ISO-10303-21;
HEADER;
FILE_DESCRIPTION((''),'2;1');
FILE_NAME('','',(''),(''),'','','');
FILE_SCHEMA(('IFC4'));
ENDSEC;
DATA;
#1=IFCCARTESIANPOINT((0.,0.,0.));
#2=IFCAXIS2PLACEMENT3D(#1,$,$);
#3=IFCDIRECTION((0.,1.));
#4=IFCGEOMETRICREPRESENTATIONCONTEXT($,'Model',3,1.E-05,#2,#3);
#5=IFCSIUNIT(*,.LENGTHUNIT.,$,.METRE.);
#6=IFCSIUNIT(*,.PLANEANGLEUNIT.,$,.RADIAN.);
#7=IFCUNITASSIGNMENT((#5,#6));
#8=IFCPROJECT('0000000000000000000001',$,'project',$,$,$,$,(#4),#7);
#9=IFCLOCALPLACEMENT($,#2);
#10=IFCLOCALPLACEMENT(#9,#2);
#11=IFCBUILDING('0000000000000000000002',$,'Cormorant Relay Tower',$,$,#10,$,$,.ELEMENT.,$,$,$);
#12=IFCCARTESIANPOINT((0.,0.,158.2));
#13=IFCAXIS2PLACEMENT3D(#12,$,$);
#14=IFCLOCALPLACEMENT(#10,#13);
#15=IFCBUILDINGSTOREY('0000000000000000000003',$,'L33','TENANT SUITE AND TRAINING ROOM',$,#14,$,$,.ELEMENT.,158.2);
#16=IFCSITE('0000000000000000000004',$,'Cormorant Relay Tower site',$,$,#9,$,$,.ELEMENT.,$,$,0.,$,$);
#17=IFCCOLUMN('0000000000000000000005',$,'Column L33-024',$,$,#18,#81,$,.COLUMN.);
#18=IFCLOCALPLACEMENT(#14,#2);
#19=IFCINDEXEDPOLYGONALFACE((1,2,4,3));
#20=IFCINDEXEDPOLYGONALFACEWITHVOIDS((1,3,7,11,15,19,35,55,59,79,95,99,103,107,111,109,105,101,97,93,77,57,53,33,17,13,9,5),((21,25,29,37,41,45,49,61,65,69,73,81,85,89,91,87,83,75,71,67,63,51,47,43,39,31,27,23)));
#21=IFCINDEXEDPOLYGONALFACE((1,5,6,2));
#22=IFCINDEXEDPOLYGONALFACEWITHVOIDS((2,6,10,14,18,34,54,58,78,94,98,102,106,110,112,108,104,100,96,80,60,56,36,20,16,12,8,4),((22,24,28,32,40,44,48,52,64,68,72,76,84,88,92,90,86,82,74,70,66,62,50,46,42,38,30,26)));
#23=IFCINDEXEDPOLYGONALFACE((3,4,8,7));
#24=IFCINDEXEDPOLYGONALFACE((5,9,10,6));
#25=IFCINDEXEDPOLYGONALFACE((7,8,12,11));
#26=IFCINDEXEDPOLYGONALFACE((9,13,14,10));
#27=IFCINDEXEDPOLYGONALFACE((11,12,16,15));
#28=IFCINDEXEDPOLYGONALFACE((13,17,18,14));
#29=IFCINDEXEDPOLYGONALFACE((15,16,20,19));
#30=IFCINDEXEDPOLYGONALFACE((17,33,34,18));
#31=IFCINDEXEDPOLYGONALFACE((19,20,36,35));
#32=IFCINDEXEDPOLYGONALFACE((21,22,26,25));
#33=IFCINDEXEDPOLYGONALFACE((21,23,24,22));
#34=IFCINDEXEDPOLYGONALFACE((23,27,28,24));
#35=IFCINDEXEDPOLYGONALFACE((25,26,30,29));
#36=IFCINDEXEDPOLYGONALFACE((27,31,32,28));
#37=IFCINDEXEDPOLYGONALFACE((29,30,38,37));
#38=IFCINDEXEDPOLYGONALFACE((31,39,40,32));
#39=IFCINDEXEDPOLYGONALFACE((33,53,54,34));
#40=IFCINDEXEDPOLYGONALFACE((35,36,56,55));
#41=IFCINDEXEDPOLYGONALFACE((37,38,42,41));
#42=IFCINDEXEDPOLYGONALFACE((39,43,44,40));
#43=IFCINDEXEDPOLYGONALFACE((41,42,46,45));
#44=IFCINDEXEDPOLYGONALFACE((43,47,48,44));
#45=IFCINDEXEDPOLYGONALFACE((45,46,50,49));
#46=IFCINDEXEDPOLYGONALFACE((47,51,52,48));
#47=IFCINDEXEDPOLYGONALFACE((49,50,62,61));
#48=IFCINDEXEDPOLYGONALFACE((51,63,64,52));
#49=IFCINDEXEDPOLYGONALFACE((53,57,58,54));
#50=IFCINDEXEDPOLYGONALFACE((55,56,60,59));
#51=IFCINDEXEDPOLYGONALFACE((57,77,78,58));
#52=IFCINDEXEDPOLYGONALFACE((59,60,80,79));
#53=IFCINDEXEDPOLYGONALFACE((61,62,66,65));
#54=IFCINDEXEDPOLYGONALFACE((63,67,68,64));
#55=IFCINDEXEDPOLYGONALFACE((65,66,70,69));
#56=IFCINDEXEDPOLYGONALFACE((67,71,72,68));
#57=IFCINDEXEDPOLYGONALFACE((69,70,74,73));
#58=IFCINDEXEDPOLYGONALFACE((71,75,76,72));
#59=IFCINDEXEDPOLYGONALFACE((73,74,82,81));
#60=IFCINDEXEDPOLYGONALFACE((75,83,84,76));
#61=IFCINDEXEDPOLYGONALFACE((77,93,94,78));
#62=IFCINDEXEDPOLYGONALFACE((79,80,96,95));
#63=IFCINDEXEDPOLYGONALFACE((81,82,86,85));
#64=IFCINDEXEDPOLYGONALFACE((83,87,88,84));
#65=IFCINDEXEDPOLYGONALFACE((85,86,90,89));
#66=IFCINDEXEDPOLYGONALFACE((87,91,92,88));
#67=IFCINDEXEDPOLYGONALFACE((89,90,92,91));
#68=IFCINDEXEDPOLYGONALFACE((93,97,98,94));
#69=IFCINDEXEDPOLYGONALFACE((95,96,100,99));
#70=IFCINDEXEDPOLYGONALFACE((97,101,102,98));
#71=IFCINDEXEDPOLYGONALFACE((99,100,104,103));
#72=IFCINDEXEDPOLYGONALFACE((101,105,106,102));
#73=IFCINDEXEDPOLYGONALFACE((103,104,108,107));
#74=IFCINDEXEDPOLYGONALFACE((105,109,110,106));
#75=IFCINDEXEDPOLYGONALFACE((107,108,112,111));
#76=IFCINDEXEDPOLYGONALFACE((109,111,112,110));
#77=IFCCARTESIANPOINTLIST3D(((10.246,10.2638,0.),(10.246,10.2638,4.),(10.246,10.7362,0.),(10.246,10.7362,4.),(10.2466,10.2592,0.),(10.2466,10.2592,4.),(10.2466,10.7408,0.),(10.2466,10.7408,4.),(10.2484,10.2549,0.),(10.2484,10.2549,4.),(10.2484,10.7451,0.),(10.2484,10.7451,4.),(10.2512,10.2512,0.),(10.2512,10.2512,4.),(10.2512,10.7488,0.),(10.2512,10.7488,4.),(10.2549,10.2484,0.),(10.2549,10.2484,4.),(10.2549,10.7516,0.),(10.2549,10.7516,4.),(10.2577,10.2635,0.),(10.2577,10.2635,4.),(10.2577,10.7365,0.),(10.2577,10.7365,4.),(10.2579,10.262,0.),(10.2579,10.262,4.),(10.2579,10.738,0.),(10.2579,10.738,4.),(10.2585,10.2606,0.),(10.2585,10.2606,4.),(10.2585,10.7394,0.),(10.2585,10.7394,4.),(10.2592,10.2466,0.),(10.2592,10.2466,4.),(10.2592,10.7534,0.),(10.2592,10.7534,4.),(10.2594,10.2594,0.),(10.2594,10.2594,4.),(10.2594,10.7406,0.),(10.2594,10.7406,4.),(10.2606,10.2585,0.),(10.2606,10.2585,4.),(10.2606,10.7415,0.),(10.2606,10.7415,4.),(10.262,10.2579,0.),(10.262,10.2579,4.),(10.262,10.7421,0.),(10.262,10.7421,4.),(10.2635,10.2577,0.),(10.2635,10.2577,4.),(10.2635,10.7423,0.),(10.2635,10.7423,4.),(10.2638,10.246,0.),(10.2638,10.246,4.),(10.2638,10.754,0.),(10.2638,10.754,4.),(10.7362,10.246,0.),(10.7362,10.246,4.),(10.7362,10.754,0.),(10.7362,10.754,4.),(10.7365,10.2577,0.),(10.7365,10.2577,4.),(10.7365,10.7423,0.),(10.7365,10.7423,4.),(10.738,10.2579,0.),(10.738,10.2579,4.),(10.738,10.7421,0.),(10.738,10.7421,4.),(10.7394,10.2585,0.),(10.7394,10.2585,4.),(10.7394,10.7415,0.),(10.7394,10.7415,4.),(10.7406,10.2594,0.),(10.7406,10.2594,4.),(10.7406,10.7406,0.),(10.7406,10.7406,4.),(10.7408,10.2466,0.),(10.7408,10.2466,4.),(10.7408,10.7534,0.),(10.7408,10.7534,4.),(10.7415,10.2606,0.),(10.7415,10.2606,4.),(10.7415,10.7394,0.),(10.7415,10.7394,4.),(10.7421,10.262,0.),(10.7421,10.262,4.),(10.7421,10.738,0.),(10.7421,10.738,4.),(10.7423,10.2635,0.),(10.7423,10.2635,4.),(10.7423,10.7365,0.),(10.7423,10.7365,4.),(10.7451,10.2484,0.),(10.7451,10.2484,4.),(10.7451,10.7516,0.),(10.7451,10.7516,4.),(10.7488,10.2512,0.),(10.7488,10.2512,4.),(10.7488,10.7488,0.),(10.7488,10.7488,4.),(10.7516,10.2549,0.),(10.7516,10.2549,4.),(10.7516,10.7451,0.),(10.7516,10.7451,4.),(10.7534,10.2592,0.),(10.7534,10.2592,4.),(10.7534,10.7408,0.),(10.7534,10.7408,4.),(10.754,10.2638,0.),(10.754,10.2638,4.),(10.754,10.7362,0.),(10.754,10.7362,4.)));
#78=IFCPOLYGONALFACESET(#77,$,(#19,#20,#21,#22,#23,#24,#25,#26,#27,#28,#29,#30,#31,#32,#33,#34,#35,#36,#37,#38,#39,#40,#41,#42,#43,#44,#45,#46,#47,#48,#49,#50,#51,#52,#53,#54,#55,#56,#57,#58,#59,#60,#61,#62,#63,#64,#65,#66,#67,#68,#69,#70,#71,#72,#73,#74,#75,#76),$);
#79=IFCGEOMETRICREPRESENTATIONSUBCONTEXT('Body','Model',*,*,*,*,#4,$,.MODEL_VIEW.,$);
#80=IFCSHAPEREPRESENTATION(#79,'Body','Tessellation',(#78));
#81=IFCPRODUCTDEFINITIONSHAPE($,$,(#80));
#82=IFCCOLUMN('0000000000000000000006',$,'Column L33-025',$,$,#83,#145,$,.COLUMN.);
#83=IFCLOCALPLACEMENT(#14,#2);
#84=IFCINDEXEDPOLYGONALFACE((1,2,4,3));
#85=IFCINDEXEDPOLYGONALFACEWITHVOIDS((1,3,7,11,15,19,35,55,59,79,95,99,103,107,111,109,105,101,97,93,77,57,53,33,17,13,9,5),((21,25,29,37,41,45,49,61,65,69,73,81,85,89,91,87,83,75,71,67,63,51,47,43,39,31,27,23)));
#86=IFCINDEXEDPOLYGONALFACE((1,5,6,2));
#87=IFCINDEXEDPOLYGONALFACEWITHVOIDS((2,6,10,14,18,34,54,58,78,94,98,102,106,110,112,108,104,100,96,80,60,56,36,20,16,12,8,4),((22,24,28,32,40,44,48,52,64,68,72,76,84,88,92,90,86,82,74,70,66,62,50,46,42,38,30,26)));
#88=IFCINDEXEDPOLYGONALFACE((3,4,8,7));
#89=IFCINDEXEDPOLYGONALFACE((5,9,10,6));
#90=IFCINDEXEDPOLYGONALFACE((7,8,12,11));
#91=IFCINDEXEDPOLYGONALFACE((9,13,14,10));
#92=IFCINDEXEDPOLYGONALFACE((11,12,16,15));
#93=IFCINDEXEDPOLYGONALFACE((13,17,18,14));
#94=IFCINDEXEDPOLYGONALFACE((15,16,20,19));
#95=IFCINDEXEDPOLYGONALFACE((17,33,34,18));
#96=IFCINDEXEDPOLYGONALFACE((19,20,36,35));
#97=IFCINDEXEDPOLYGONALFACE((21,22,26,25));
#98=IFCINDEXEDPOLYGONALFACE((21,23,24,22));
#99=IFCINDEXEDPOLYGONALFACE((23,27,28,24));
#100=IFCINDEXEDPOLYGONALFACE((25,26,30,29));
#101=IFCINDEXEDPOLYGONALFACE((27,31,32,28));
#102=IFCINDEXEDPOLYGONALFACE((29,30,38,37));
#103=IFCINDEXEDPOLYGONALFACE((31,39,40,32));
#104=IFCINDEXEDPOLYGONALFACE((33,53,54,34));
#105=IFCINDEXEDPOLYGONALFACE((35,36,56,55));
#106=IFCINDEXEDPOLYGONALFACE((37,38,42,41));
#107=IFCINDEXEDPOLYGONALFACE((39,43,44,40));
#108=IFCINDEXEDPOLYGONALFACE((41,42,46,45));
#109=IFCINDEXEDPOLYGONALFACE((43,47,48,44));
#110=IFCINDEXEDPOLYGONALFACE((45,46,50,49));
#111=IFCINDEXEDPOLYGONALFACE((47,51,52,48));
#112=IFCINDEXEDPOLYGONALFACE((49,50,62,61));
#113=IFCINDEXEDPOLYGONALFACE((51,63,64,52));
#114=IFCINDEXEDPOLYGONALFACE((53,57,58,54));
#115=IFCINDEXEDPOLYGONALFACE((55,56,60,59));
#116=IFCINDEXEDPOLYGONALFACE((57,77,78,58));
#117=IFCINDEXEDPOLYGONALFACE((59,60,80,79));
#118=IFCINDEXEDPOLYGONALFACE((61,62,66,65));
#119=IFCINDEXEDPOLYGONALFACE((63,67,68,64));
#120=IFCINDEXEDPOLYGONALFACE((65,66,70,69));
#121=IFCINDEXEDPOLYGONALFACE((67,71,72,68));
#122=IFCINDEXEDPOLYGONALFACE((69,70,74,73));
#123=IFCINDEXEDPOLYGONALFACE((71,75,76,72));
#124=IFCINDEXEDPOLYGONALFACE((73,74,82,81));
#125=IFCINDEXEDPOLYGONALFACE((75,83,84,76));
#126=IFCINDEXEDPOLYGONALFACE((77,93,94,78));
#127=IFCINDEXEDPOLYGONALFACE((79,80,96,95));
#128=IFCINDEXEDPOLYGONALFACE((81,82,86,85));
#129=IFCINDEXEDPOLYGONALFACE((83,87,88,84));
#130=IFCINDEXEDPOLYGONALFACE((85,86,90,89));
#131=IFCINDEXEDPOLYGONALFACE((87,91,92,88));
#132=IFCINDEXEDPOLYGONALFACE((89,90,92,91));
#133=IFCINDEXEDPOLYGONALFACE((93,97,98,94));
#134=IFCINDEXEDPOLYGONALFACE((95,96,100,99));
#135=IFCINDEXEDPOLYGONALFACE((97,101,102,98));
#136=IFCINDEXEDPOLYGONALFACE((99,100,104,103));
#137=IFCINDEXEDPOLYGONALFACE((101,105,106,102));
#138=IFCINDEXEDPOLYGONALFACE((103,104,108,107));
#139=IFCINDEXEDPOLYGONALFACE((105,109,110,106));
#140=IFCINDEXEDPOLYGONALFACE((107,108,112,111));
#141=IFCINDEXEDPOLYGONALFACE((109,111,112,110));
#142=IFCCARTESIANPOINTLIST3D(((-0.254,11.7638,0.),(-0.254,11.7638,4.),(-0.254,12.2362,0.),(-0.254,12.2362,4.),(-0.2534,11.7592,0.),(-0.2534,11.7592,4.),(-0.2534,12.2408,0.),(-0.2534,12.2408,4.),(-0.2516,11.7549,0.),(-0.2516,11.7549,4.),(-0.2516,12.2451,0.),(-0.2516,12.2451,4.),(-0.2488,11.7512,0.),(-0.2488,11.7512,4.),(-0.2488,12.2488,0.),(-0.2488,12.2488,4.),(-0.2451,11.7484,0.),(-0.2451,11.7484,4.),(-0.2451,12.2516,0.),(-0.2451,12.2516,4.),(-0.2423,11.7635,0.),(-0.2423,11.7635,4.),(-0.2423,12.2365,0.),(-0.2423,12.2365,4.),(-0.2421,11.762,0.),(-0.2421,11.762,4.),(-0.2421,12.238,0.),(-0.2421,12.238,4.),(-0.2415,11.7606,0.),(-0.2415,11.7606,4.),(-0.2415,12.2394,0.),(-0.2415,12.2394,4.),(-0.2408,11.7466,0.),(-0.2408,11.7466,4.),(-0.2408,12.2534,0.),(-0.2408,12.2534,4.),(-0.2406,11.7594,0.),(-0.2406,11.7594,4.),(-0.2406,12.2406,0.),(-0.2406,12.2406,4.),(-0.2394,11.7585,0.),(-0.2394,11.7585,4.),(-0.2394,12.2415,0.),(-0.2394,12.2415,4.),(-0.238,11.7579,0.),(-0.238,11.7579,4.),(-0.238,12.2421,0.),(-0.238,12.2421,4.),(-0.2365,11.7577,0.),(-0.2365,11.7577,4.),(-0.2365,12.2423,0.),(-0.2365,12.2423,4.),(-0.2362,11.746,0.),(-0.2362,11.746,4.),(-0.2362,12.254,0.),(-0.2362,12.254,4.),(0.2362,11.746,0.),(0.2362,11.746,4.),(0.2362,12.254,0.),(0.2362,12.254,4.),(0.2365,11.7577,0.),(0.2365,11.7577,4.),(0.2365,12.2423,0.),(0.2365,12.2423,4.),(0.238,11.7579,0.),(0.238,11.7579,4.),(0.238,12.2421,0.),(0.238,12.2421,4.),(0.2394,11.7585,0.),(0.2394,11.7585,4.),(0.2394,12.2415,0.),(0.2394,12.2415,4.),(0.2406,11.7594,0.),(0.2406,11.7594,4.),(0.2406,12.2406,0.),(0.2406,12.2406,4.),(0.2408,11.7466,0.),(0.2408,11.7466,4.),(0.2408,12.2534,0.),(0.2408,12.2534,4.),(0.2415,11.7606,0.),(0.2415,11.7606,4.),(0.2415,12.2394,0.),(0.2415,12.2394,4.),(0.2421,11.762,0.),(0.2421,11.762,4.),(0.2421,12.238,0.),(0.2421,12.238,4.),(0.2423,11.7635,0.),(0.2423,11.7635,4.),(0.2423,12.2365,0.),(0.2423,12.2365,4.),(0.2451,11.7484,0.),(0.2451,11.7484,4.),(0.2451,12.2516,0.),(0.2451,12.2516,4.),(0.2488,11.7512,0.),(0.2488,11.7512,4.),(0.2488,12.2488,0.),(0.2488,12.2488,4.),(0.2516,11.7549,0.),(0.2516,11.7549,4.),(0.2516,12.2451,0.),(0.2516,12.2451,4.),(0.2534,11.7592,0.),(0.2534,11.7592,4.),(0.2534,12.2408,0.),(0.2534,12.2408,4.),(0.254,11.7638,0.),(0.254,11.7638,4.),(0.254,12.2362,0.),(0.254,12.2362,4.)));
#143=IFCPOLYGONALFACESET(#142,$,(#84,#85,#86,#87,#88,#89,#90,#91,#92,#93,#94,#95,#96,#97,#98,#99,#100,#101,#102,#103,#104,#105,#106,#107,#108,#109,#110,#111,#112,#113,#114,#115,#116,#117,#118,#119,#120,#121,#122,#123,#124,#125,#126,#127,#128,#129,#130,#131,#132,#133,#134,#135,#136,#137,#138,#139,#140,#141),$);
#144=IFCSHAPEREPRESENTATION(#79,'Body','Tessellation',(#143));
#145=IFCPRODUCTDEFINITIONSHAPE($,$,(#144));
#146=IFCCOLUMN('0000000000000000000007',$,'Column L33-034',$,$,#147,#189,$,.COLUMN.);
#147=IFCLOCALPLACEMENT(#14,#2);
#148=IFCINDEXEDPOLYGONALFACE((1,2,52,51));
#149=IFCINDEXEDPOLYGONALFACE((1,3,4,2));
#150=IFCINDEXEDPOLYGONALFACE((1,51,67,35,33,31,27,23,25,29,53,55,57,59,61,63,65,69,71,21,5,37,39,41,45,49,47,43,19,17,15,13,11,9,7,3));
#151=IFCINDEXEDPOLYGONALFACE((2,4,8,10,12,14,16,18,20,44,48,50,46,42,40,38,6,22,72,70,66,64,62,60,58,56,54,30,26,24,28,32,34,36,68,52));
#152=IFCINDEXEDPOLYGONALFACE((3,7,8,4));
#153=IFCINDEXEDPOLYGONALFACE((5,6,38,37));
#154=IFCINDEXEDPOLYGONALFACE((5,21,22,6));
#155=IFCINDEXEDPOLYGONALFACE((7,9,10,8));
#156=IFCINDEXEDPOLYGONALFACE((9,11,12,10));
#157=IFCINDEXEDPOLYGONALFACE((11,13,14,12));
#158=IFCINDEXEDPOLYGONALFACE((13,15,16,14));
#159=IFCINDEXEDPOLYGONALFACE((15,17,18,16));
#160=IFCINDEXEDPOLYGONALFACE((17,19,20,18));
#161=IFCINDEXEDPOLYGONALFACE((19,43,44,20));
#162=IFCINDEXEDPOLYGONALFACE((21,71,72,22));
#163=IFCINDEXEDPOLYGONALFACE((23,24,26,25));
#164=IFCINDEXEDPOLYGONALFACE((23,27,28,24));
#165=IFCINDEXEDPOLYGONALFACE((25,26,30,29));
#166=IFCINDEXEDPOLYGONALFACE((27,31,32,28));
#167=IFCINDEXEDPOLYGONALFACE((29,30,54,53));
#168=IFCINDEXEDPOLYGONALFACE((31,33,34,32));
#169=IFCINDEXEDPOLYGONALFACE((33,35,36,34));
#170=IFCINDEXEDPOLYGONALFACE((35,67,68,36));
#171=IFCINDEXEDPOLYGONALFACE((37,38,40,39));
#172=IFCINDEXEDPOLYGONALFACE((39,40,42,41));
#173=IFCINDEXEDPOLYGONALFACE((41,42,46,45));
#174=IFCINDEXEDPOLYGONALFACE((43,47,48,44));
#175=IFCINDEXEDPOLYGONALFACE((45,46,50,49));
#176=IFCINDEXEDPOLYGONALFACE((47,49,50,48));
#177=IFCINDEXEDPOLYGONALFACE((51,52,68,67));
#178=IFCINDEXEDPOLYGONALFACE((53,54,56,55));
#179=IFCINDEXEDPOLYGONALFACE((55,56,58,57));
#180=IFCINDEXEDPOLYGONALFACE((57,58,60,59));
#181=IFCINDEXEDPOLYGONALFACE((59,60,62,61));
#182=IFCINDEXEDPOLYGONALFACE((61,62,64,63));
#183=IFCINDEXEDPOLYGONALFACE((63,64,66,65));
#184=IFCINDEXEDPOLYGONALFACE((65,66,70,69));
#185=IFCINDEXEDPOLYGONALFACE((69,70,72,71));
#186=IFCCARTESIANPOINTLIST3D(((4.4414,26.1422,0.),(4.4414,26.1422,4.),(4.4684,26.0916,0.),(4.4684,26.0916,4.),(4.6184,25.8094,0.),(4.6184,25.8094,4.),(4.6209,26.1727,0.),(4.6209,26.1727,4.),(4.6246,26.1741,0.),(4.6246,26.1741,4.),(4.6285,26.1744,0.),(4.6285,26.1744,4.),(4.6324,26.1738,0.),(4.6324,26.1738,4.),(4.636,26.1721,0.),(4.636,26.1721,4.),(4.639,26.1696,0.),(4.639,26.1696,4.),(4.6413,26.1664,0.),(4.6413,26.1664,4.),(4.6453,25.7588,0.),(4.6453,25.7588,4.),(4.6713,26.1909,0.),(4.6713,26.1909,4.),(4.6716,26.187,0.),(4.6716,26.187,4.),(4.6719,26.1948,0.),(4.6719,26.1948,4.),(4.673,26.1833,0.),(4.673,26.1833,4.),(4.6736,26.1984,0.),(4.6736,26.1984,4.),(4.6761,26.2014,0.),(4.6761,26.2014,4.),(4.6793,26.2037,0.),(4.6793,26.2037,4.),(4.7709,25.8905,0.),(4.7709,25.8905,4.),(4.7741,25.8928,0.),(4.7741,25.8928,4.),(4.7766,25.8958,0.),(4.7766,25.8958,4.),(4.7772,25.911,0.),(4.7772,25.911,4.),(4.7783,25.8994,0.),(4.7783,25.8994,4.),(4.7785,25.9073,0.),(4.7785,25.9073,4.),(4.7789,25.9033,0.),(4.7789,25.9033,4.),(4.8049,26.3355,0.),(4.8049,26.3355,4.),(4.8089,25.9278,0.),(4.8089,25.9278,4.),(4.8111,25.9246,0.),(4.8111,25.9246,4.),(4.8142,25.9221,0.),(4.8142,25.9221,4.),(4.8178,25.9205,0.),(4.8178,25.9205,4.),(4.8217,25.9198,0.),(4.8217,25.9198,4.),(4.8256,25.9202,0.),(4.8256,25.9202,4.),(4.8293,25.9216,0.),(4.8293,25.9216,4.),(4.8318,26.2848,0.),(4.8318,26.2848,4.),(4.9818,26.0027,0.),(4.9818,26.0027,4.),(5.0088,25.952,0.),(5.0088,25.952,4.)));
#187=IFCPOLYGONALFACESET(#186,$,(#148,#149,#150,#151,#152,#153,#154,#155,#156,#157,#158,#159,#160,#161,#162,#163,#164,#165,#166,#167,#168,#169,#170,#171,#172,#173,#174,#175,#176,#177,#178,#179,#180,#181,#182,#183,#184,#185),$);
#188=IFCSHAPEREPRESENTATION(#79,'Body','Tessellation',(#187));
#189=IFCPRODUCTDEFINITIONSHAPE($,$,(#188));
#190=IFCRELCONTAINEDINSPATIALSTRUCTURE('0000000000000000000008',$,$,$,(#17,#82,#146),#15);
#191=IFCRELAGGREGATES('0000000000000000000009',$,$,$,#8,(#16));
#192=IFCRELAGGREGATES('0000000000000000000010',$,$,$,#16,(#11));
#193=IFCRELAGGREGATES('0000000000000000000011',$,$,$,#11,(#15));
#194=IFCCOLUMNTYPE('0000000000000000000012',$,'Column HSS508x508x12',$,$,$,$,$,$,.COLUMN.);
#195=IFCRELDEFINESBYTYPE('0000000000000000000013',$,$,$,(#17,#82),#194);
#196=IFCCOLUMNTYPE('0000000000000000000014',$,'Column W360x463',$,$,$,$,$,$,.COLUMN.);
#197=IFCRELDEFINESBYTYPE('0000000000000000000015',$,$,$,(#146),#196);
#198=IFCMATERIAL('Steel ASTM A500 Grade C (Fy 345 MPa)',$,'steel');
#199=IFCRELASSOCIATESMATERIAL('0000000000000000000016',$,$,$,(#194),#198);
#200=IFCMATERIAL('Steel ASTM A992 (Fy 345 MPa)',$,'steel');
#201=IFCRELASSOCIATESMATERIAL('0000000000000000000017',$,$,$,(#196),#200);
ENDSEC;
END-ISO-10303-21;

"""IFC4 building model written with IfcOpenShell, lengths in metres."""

from ifc_helpers import new_model, si_unit, direction, frame, origin, origin_2d, place, context, subcontext, project, spatial, hollow_rectangle, i_section, extrude, material, material_profile, profile_set, type_object, element, save


model = new_model("IFC4")

# Units and contexts
model_context = context("Model", 3, precision=1e-05, world=origin(), true_north=direction((0.0, 1.0)))
body_context = subcontext(model_context, "Body", "Model", "MODEL_VIEW")
ifc_project = project(units=[si_unit("LENGTHUNIT", "METRE"), si_unit("PLANEANGLEUNIT", "RADIAN")], contexts=[model_context])

# Site, building, storey
site_placement = place(None, origin())
site = spatial("IfcSite", under=ifc_project, at=site_placement, Name="Cormorant Relay Tower site", CompositionType="ELEMENT", RefElevation=0.0)
building_placement = place(site_placement, origin())
building = spatial("IfcBuilding", under=site, at=building_placement, Name="Cormorant Relay Tower", CompositionType="ELEMENT")
storey_placement = place(building_placement, frame((0.0, 0.0, 158.2)))
storey = spatial("IfcBuildingStorey", under=building, at=storey_placement, Name="L33", Description="TENANT SUITE AND TRAINING ROOM", CompositionType="ELEMENT", Elevation=158.2)

# Columns
ifc_material_1 = material(Name="Steel ASTM A500 Grade C (Fy 345 MPa)", Category="steel")
ifc_material_profile_1 = material_profile(ifc_material_1, hollow_rectangle(XDim=0.5081, YDim=0.5081, WallThickness=0.0117, InnerFilletRadius=0.0059, OuterFilletRadius=0.0178, at=origin_2d()), Name="HSS508x508x12")
ifc_profile_set_1 = profile_set([ifc_material_profile_1], Name="Steel ASTM A500 Grade C (Fy 345 MPa)")
column_type_1 = type_object("IfcColumnType", Name="Column HSS508x508x12", PredefinedType="COLUMN", material=ifc_profile_set_1)
for number, where, z_axis, x_axis, name in (
    (1, (10.5, 10.5, 0.0), (0.0, 0.0, 1.0), (1.0, 0.0, 0.0), "Column L33-024"),
    (2, (0.0, 12.0, 0.0), (0.0, 0.0, 1.0), (1.0, 0.0, 0.0), "Column L33-025"),
):
    element("IfcColumn", number, at=place(storey_placement, frame(where, z_axis=z_axis, x_axis=x_axis)), inside=storey, type_object=column_type_1, Name=name, PredefinedType="COLUMN", context=body_context, shape_type="SweptSolid", body=[
        extrude(hollow_rectangle(XDim=0.5081, YDim=0.5081, WallThickness=0.0117, InnerFilletRadius=0.0059, OuterFilletRadius=0.0178, at=origin_2d()), origin(), (0.0, 0.0, 1.0), 4.0),
    ])
ifc_material_2 = material(Name="Steel ASTM A992 (Fy 345 MPa)", Category="steel")
ifc_material_profile_2 = material_profile(ifc_material_2, i_section(OverallWidth=0.4116, OverallDepth=0.4343, WebThickness=0.0359, FlangeThickness=0.0574, FilletRadius=0.0151, at=origin_2d()), Name="W360x463")
ifc_profile_set_2 = profile_set([ifc_material_profile_2], Name="Steel ASTM A992 (Fy 345 MPa)")
column_type_2 = type_object("IfcColumnType", Name="Column W360x463", PredefinedType="COLUMN", material=ifc_profile_set_2)
for number, where, z_axis, x_axis, name in (
    (3, (4.7251, 26.0471, 0.0), (0.0, 0.0, 1.0), (-0.882948, -0.469472, 0.0), "Column L33-034"),
):
    element("IfcColumn", number, at=place(storey_placement, frame(where, z_axis=z_axis, x_axis=x_axis)), inside=storey, type_object=column_type_2, Name=name, PredefinedType="COLUMN", context=body_context, shape_type="SweptSolid", body=[
        extrude(i_section(OverallWidth=0.4116, OverallDepth=0.4343, WebThickness=0.0359, FlangeThickness=0.0574, FilletRadius=0.0151, at=origin_2d()), origin(), (0.0, 0.0, 1.0), 4.0),
    ])

save(model, "model.ifc")
